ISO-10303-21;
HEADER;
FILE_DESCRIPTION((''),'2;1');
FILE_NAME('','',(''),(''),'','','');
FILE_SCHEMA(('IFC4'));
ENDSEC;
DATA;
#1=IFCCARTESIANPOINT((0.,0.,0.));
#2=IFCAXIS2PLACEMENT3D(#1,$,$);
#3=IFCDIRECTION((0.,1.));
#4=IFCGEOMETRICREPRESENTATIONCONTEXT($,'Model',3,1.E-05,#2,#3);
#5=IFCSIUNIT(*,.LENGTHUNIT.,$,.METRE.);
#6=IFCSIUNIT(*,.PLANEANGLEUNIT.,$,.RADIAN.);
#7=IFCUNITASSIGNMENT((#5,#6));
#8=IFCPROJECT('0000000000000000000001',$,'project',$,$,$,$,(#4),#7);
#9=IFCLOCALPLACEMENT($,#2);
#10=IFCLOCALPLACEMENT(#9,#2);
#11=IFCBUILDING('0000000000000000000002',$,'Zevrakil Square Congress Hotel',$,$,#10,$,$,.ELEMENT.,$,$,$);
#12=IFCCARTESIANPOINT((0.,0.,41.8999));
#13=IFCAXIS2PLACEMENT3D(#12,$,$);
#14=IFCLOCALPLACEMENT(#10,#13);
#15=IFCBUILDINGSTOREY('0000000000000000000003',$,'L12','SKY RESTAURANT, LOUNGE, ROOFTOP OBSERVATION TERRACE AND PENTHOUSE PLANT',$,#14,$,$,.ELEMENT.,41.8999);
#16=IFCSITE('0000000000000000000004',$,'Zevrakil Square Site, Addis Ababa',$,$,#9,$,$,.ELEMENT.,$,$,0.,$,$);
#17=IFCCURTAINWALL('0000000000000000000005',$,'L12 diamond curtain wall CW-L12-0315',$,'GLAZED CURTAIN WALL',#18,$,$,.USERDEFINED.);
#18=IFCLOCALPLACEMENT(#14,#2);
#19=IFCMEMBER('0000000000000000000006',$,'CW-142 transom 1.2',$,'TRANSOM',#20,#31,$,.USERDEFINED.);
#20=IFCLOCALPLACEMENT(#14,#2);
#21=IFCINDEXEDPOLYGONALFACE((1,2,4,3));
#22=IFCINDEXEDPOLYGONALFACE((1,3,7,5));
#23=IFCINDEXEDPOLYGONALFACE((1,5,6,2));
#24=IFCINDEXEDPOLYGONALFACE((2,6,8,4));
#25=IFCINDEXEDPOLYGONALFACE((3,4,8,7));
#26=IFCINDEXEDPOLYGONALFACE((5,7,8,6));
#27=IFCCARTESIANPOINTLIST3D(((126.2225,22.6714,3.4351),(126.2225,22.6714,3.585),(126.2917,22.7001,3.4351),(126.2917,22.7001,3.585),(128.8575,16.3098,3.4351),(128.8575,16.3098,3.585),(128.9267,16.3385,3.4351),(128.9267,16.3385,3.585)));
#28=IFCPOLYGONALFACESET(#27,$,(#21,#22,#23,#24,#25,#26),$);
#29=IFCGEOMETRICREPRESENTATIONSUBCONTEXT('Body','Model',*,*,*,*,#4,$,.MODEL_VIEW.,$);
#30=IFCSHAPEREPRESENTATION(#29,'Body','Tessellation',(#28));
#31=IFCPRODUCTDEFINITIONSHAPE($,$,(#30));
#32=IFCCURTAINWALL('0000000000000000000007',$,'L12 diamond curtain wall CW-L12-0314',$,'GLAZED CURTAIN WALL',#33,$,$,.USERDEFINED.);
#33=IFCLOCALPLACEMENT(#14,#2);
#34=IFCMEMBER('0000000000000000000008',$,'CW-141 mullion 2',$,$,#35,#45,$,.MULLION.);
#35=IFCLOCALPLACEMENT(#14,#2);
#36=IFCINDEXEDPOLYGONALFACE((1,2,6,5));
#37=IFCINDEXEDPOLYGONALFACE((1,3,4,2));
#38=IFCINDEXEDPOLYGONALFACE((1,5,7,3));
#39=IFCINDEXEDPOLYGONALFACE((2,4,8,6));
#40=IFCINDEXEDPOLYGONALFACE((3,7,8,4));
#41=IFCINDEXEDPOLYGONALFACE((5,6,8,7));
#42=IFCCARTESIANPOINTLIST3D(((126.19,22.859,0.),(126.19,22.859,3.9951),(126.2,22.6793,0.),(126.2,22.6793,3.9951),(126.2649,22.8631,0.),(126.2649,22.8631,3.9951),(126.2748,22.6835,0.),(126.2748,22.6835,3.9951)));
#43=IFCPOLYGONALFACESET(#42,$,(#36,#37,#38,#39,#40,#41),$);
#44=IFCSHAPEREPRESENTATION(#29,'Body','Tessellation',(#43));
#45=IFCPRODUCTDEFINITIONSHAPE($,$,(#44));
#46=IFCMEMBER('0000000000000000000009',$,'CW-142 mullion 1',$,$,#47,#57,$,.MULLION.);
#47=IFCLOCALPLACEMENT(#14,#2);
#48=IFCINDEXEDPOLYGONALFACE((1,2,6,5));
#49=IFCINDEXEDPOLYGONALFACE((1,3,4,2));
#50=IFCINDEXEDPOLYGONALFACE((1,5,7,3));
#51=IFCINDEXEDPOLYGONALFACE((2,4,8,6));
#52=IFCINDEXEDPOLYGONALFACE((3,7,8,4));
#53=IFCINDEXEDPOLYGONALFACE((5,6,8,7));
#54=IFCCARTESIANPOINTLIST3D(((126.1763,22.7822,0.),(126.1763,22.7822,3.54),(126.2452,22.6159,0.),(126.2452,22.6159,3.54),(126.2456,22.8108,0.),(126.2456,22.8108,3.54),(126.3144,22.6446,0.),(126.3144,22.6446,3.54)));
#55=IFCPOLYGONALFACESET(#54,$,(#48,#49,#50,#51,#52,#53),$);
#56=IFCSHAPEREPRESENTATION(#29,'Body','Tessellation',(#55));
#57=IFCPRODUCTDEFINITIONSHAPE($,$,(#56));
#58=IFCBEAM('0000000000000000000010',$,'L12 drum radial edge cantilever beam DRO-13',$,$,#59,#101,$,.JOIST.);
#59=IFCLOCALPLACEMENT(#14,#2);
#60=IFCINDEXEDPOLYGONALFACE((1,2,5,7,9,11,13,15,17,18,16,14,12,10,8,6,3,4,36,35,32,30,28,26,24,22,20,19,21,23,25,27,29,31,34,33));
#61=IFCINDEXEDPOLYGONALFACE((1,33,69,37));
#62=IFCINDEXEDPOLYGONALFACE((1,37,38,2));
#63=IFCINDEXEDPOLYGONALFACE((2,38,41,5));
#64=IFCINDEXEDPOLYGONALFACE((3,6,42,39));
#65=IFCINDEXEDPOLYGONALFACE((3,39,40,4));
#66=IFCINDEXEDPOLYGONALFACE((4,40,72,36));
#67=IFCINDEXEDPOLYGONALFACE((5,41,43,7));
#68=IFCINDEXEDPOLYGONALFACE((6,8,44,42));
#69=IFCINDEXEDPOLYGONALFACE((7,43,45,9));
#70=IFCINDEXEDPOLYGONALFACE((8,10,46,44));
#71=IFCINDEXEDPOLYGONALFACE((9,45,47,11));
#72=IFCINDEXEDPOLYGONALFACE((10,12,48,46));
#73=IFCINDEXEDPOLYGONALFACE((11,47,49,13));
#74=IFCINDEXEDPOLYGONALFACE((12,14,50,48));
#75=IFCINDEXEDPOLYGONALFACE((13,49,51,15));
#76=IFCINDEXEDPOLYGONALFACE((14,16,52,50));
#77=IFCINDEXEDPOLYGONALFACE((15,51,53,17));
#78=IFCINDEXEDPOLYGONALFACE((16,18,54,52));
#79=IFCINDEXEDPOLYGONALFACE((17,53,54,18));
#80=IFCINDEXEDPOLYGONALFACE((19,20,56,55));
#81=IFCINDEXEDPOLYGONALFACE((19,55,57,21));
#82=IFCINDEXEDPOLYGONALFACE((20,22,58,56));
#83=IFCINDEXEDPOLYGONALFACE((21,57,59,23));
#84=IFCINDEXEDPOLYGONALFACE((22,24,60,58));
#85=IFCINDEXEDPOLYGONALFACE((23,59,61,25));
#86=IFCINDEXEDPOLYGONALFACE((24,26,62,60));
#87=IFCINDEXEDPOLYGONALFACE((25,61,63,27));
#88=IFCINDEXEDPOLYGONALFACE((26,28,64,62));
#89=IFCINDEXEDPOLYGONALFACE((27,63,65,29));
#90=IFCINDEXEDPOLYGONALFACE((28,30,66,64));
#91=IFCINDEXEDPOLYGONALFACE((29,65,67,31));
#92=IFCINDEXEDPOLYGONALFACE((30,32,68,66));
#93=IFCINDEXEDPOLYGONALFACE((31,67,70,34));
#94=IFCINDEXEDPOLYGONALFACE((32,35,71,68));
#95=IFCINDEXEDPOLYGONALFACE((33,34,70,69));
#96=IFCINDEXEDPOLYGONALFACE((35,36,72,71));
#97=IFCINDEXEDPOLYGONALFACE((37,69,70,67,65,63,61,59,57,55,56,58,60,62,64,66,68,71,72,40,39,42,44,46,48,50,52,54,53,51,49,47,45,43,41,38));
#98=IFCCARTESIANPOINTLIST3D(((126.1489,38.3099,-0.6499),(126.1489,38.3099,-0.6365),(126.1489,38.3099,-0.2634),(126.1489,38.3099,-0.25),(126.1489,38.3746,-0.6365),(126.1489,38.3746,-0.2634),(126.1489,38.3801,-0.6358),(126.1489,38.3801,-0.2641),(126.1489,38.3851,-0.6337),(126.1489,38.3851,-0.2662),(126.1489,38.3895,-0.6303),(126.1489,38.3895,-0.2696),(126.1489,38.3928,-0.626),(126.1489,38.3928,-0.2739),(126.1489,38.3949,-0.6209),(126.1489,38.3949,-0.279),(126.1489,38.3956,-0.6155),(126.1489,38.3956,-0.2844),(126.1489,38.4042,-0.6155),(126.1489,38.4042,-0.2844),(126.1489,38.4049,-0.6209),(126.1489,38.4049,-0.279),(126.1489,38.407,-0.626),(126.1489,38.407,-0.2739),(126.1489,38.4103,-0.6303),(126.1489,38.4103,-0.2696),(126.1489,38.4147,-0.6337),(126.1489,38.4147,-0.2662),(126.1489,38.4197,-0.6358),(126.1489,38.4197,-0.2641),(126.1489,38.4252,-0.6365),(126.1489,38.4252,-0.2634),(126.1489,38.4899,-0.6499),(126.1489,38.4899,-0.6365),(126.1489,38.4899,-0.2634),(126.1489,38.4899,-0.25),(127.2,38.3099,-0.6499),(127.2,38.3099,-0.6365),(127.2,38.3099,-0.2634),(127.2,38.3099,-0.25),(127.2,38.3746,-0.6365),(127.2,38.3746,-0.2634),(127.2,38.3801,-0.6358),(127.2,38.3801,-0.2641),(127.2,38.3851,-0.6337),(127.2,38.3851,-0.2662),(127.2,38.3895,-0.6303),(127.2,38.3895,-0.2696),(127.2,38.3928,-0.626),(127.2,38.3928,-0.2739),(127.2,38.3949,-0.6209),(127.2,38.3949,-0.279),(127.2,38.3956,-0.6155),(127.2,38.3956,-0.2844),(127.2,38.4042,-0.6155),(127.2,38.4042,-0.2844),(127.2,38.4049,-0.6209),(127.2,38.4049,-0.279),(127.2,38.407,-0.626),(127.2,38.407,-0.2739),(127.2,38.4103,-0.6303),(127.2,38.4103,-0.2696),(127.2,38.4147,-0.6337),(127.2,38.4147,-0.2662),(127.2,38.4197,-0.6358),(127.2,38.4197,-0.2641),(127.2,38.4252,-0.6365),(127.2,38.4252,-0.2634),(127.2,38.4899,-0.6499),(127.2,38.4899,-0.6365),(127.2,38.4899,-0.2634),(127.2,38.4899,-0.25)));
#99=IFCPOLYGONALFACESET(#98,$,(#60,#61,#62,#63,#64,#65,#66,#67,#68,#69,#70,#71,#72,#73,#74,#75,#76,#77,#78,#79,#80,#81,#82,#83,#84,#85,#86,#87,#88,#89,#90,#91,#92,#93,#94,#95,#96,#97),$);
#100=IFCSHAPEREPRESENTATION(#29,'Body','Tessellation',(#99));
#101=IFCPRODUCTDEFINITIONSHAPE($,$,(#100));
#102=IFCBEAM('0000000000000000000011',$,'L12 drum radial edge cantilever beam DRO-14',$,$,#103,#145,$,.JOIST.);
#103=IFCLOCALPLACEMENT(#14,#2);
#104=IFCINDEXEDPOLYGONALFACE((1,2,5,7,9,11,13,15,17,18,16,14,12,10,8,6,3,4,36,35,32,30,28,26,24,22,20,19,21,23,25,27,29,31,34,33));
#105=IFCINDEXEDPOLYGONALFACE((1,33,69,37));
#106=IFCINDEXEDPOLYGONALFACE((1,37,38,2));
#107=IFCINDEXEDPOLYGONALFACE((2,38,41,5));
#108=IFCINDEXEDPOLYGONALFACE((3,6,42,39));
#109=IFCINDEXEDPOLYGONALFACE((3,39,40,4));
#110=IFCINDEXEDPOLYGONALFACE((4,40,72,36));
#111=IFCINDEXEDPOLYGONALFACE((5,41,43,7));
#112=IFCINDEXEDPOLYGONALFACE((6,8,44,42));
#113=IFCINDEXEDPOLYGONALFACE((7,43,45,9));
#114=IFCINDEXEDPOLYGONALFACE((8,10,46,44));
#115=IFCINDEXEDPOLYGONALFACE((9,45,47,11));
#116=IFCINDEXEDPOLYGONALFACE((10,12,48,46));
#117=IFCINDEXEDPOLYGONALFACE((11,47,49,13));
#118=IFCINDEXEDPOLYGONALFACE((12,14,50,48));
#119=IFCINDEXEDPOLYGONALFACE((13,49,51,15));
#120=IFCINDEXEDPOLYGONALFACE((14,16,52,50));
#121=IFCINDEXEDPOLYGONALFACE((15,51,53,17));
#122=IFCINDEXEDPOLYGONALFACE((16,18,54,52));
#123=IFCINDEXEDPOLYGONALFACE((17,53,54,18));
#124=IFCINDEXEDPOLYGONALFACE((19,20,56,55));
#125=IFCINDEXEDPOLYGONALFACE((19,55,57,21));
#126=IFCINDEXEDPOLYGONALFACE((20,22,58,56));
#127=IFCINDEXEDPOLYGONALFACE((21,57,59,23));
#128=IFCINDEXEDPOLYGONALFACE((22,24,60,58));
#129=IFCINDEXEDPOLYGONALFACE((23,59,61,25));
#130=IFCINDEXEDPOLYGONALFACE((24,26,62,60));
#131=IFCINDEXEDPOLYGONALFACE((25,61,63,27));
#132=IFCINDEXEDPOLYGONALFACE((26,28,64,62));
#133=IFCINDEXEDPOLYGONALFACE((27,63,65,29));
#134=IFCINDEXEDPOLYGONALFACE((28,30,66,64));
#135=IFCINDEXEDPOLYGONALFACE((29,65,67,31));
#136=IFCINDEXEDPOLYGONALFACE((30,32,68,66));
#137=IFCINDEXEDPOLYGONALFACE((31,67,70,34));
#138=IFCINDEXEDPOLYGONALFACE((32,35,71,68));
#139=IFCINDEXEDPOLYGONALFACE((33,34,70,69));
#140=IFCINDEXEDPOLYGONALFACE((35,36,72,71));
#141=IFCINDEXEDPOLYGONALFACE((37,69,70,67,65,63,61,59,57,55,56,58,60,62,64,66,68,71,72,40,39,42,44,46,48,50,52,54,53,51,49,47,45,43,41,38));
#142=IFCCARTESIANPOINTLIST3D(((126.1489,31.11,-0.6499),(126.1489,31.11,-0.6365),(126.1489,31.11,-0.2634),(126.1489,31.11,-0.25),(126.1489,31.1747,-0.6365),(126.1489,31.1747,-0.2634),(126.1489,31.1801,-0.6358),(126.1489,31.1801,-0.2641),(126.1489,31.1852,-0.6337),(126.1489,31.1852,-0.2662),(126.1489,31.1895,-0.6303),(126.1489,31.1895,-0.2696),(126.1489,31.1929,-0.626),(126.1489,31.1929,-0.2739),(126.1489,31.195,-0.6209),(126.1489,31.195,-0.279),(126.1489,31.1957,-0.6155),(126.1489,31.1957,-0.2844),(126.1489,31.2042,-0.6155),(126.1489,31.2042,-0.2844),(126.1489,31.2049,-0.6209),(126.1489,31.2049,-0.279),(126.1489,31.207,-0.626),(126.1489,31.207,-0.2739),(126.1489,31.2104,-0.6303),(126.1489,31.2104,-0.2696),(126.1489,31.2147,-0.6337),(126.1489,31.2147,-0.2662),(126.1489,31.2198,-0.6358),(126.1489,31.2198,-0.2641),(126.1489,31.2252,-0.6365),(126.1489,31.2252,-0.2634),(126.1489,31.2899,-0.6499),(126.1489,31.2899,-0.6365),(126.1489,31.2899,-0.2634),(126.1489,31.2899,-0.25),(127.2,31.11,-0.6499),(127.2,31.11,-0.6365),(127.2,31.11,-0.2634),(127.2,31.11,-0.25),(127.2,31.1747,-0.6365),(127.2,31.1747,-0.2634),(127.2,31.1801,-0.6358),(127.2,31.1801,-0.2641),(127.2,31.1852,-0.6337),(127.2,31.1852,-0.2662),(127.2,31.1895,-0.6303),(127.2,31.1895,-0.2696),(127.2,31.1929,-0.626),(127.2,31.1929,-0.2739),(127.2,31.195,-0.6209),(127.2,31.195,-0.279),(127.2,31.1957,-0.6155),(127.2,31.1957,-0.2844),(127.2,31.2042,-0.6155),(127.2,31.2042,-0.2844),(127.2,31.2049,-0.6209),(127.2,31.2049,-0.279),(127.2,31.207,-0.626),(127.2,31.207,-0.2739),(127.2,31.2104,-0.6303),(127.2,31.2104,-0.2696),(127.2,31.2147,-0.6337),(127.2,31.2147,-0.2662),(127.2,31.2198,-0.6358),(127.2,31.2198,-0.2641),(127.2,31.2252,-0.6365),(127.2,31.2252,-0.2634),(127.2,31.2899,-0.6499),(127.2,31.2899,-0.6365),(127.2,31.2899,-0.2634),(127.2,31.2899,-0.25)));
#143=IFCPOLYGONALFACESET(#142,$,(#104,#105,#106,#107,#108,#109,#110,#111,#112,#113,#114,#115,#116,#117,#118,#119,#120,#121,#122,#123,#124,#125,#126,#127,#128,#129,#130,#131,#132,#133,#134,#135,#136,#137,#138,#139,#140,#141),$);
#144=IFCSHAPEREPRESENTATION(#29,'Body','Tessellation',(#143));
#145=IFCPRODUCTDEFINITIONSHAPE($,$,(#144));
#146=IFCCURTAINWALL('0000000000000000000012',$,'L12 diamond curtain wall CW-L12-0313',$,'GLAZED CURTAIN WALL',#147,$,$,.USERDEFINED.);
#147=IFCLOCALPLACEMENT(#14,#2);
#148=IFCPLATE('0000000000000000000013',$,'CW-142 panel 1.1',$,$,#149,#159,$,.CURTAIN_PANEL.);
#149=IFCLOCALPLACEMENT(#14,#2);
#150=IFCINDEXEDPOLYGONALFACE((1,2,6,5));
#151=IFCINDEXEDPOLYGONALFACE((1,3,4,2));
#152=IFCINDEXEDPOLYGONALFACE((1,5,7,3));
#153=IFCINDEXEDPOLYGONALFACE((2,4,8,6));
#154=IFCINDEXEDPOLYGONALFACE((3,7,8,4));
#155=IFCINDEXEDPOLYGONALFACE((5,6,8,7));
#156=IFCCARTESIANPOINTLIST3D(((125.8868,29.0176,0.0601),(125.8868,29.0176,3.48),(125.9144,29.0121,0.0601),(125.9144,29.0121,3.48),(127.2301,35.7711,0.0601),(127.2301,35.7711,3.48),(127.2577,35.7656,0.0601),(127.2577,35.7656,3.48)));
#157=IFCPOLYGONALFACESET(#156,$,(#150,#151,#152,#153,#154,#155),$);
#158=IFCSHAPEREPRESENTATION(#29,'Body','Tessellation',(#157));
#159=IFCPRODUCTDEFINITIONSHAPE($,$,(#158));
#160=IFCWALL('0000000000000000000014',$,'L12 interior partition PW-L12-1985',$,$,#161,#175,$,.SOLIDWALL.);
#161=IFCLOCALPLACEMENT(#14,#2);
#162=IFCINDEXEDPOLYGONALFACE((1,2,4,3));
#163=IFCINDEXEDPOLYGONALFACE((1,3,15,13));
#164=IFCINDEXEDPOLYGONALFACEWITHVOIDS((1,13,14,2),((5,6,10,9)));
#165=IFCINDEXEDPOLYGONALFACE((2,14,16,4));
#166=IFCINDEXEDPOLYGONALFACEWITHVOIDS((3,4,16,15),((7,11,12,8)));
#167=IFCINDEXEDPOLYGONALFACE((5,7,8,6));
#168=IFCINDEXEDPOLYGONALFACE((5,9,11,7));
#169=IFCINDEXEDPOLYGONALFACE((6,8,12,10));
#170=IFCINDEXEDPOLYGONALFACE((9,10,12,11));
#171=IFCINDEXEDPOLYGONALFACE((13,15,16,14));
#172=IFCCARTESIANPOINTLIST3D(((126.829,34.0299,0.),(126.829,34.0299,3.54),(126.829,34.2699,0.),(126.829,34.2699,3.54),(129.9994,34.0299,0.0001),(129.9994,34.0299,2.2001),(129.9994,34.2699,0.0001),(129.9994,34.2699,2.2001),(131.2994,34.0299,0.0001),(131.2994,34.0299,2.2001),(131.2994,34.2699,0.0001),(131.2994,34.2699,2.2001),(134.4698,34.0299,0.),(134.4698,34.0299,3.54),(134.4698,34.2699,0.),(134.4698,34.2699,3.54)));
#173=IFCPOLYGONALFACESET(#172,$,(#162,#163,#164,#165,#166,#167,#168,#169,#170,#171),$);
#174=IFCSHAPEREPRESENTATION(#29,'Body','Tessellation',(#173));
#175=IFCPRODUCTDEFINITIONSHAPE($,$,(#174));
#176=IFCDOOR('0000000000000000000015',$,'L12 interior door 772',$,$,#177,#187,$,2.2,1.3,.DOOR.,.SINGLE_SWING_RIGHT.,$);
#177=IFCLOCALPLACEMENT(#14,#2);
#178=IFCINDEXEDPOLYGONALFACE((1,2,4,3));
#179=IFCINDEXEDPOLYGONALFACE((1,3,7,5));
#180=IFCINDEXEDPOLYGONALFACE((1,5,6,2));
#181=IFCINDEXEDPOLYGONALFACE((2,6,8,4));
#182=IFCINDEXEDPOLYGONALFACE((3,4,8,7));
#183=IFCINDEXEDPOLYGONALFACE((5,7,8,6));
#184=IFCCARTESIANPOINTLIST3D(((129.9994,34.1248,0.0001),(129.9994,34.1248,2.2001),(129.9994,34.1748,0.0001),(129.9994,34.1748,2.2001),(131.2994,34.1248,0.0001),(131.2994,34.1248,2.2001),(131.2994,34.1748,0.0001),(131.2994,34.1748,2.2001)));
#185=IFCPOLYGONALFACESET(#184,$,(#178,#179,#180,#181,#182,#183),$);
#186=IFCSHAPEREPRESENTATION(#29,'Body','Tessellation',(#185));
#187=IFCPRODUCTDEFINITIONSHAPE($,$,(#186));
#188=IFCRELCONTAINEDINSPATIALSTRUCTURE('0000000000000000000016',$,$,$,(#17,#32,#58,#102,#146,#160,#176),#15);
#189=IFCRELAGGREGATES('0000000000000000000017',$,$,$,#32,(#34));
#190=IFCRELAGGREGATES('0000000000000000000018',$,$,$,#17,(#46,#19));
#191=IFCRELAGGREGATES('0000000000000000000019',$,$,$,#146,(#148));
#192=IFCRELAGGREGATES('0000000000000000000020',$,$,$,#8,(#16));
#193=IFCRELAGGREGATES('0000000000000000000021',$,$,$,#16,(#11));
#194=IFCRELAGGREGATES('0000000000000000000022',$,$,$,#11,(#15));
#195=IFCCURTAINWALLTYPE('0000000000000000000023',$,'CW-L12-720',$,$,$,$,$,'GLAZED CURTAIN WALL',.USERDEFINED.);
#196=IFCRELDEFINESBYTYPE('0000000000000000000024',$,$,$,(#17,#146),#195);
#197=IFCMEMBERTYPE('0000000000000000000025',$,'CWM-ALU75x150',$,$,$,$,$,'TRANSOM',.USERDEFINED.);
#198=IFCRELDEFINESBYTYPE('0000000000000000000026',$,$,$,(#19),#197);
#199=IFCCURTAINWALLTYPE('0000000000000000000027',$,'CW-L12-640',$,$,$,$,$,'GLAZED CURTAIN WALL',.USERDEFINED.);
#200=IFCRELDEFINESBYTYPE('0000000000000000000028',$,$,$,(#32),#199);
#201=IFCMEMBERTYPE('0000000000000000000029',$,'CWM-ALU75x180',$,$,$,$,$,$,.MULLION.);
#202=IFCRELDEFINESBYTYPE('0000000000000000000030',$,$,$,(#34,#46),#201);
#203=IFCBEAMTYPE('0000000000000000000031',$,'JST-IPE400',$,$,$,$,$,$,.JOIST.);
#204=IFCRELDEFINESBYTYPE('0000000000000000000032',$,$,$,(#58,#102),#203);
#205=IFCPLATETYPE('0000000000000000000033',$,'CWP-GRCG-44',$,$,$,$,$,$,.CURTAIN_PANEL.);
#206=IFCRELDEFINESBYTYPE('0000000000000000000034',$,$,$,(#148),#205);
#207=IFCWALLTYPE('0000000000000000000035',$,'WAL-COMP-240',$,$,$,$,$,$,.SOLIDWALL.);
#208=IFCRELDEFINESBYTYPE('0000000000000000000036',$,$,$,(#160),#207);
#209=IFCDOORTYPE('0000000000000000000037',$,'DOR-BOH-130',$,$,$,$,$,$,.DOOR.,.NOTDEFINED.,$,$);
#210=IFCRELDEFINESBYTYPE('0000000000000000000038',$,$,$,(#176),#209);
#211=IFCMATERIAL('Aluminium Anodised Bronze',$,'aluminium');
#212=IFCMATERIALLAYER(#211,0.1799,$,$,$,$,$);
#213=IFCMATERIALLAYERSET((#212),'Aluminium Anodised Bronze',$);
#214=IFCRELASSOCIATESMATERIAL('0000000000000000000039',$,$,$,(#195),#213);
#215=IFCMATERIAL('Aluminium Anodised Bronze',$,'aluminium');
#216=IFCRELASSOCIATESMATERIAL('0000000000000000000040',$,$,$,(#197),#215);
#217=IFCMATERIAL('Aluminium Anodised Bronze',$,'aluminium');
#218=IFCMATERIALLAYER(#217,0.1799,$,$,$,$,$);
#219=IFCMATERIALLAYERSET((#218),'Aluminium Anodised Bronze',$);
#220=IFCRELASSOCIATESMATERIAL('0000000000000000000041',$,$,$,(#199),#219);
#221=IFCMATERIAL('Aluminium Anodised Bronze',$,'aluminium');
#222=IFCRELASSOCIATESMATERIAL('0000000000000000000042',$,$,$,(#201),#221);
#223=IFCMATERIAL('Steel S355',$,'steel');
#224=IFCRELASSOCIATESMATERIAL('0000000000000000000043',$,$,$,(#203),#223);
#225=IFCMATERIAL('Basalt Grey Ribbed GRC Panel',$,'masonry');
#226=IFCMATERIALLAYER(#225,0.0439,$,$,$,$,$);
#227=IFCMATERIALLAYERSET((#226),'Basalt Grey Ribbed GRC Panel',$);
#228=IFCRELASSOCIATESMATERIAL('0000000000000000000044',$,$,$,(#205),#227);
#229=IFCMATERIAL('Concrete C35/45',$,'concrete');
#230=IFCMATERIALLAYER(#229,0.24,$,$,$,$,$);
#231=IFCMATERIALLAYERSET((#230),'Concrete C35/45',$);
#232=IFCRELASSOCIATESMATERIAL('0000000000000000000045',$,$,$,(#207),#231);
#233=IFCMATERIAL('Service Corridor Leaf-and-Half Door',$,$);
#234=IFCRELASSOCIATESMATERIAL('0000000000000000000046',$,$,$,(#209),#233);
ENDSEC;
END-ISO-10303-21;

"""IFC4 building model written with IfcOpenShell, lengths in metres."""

from ifc_helpers import new_model, si_unit, direction, frame, frame_2d, origin, origin_2d, place, context, subcontext, project, spatial, rectangle, i_section, extrude, material, layer, layer_set, material_profile, profile_set, type_object, element, fill, aggregate, save


model = new_model("IFC4")

# Units and contexts
model_context = context("Model", 3, precision=1e-05, world=origin(), true_north=direction((0.0, 1.0)))
body_context = subcontext(model_context, "Body", "Model", "MODEL_VIEW")
ifc_project = project(units=[si_unit("LENGTHUNIT", "METRE"), si_unit("PLANEANGLEUNIT", "RADIAN")], contexts=[model_context])

# Site, building, storey
site_placement = place(None, origin())
site = spatial("IfcSite", under=ifc_project, at=site_placement, Name="Zevrakil Square Site, Addis Ababa", CompositionType="ELEMENT", RefElevation=0.0)
building_placement = place(site_placement, origin())
building = spatial("IfcBuilding", under=site, at=building_placement, Name="Zevrakil Square Congress Hotel", CompositionType="ELEMENT")
storey_placement = place(building_placement, frame((0.0, 0.0, 41.8999)))
storey = spatial("IfcBuildingStorey", under=building, at=storey_placement, Name="L12", Description="SKY RESTAURANT, LOUNGE, ROOFTOP OBSERVATION TERRACE AND PENTHOUSE PLANT", CompositionType="ELEMENT", Elevation=41.8999)

# Curtain wall, member
ifc_material_1 = material(Name="Aluminium Anodised Bronze", Category="aluminium")
ifc_layer_1 = layer(ifc_material_1, 0.1799)
ifc_layer_set_1 = layer_set([ifc_layer_1], Name="Aluminium Anodised Bronze")
curtain_wall_type_1 = type_object("IfcCurtainWallType", Name="CW-L12-720", ElementType="GLAZED CURTAIN WALL", PredefinedType="USERDEFINED", material=ifc_layer_set_1)
curtain_wall_1_placement = place(storey_placement, origin())
curtain_wall_1 = element("IfcCurtainWall", 1, at=curtain_wall_1_placement, inside=storey, type_object=curtain_wall_type_1, Name="L12 diamond curtain wall CW-L12-0315", ObjectType="GLAZED CURTAIN WALL", PredefinedType="USERDEFINED")
ifc_material_2 = material(Name="Aluminium Anodised Bronze", Category="aluminium")
ifc_material_profile_1 = material_profile(ifc_material_2, rectangle(XDim=0.075, YDim=0.1499, at=origin_2d()), Name="ALU 75x150")
ifc_profile_set_1 = profile_set([ifc_material_profile_1], Name="Aluminium Anodised Bronze")
member_type_1 = type_object("IfcMemberType", Name="CWM-ALU75x150", ElementType="TRANSOM", PredefinedType="USERDEFINED", material=ifc_profile_set_1)
member_1_placement = place(storey_placement, frame((126.2571, 22.6858, 3.51), z_axis=(0.382679, -0.923882, 0.0), x_axis=(0.923882, 0.382679, 0.0)))
member_1 = element("IfcMember", 2, at=member_1_placement, type_object=member_type_1, Name="CW-142 transom 1.2", ObjectType="TRANSOM", PredefinedType="USERDEFINED", context=body_context, shape_type="SweptSolid", body=[
    extrude(rectangle(XDim=0.075, YDim=0.1499, at=origin_2d()), origin(), (0.0, 0.0, 1.0), 6.8857),
])

# Curtain wall, member
ifc_material_3 = material(Name="Aluminium Anodised Bronze", Category="aluminium")
ifc_layer_2 = layer(ifc_material_3, 0.1799)
ifc_layer_set_2 = layer_set([ifc_layer_2], Name="Aluminium Anodised Bronze")
curtain_wall_type_2 = type_object("IfcCurtainWallType", Name="CW-L12-640", ElementType="GLAZED CURTAIN WALL", PredefinedType="USERDEFINED", material=ifc_layer_set_2)
curtain_wall_2_placement = place(storey_placement, origin())
curtain_wall_2 = element("IfcCurtainWall", 3, at=curtain_wall_2_placement, inside=storey, type_object=curtain_wall_type_2, Name="L12 diamond curtain wall CW-L12-0314", ObjectType="GLAZED CURTAIN WALL", PredefinedType="USERDEFINED")
ifc_material_4 = material(Name="Aluminium Anodised Bronze", Category="aluminium")
ifc_material_profile_2 = material_profile(ifc_material_4, rectangle(XDim=0.075, YDim=0.1799, at=origin_2d()), Name="ALU 75x180")
ifc_profile_set_2 = profile_set([ifc_material_profile_2], Name="Aluminium Anodised Bronze")
member_type_2 = type_object("IfcMemberType", Name="CWM-ALU75x180", PredefinedType="MULLION", material=ifc_profile_set_2)
member_2_placement = place(storey_placement, frame((126.2324, 22.7712, 0.0), z_axis=(0.0, 0.0, 1.0), x_axis=(0.998463, 0.055427, 0.0)))
member_2 = element("IfcMember", 4, at=member_2_placement, type_object=member_type_2, Name="CW-141 mullion 2", PredefinedType="MULLION", context=body_context, shape_type="SweptSolid", body=[
    extrude(rectangle(XDim=0.075, YDim=0.1799, at=origin_2d()), origin(), (0.0, 0.0, 1.0), 3.9951),
])
aggregate(curtain_wall_2, [member_2])

# Member
member_3_placement = place(storey_placement, frame((126.2454, 22.7134, 0.0), z_axis=(0.0, 0.0, 1.0), x_axis=(0.923879, 0.382684, 0.0)))
member_3 = element("IfcMember", 5, at=member_3_placement, type_object=member_type_2, Name="CW-142 mullion 1", PredefinedType="MULLION", context=body_context, shape_type="SweptSolid", body=[
    extrude(rectangle(XDim=0.075, YDim=0.1799, at=origin_2d()), origin(), (0.0, 0.0, 1.0), 3.54),
])
aggregate(curtain_wall_1, [member_3, member_1])

# Beams
ifc_material_5 = material(Name="Steel S355", Category="steel")
ifc_material_profile_3 = material_profile(ifc_material_5, i_section(OverallWidth=0.1799, OverallDepth=0.3999, WebThickness=0.0085, FlangeThickness=0.0134, FilletRadius=0.021, at=origin_2d()), Name="IPE 400")
ifc_profile_set_3 = profile_set([ifc_material_profile_3], Name="Steel S355")
beam_type_1 = type_object("IfcBeamType", Name="JST-IPE400", PredefinedType="JOIST", material=ifc_profile_set_3)
for number, where, z_axis, x_axis, name in (
    (6, (127.2, 38.3999, -0.45), (-1.0, 0.0, 0.0), (0.0, -1.0, 0.0), "L12 drum radial edge cantilever beam DRO-13"),
    (7, (127.2, 31.2, -0.45), (-1.0, 0.0, 0.0), (0.0, -1.0, 0.0), "L12 drum radial edge cantilever beam DRO-14"),
):
    element("IfcBeam", number, at=place(storey_placement, frame(where, z_axis=z_axis, x_axis=x_axis)), inside=storey, type_object=beam_type_1, Name=name, PredefinedType="JOIST", context=body_context, shape_type="SweptSolid", body=[
        extrude(i_section(OverallWidth=0.1799, OverallDepth=0.3999, WebThickness=0.0085, FlangeThickness=0.0134, FilletRadius=0.021, at=origin_2d()), origin(), (0.0, 0.0, 1.0), 1.051),
    ])

# Curtain wall, plate
curtain_wall_3_placement = place(storey_placement, origin())
curtain_wall_3 = element("IfcCurtainWall", 8, at=curtain_wall_3_placement, inside=storey, type_object=curtain_wall_type_1, Name="L12 diamond curtain wall CW-L12-0313", ObjectType="GLAZED CURTAIN WALL", PredefinedType="USERDEFINED")
ifc_material_6 = material(Name="Basalt Grey Ribbed GRC Panel", Category="masonry")
ifc_layer_3 = layer(ifc_material_6, 0.0439)
ifc_layer_set_3 = layer_set([ifc_layer_3], Name="Basalt Grey Ribbed GRC Panel")
plate_type = type_object("IfcPlateType", Name="CWP-GRCG-44", PredefinedType="CURTAIN_PANEL", material=ifc_layer_set_3)
plate_placement = place(storey_placement, frame((126.5723, 32.3916, 0.0601), z_axis=(0.0, 0.0, 1.0), x_axis=(-0.195084, -0.980787, 0.0)))
plate = element("IfcPlate", 9, at=plate_placement, type_object=plate_type, Name="CW-142 panel 1.1", PredefinedType="CURTAIN_PANEL", context=body_context, shape_type="SweptSolid", body=[
    extrude(rectangle(XDim=6.8857, YDim=0.0281, at=origin_2d()), origin(), (0.0, 0.0, 1.0), 3.4199),
])
aggregate(curtain_wall_3, [plate])

# Wall, opening, door
ifc_material_7 = material(Name="Concrete C35/45", Category="concrete")
ifc_layer_4 = layer(ifc_material_7, 0.24)
ifc_layer_set_4 = layer_set([ifc_layer_4], Name="Concrete C35/45")
wall_type = type_object("IfcWallType", Name="WAL-COMP-240", PredefinedType="SOLIDWALL", material=ifc_layer_set_4)
wall_placement = place(storey_placement, frame((126.8291, 34.1499, 0.0), z_axis=(0.0, 0.0, 1.0), x_axis=(1.0, 0.0, 0.0)))
wall = element("IfcWall", 10, at=wall_placement, inside=storey, type_object=wall_type, Name="L12 interior partition PW-L12-1985", PredefinedType="SOLIDWALL", context=body_context, shape_type="SweptSolid", body=[
    extrude(rectangle(XDim=7.6409, YDim=0.24, at=frame_2d((3.8203, 0.0))), origin(), (0.0, 0.0, 1.0), 3.54),
])
opening_placement = place(wall_placement, frame((3.1704, 0.0, 0.0)))
opening = element("IfcOpeningElement", 11, at=opening_placement, cuts=wall, PredefinedType="OPENING", context=body_context, shape_type="SweptSolid", body=[
    extrude(rectangle(XDim=1.3, YDim=2.2, at=frame_2d((0.6499, 1.1001))), frame((0.0, 0.1299, 0.0), z_axis=(0.0, -1.0, 0.0), x_axis=(1.0, 0.0, 0.0)), (0.0, 0.0, 1.0), 0.26),
])
ifc_material_8 = material(Name="Service Corridor Leaf-and-Half Door")
door_type = type_object("IfcDoorType", Name="DOR-BOH-130", OperationType="NOTDEFINED", PredefinedType="DOOR", material=ifc_material_8)
door_placement = place(opening_placement, origin())
door = element("IfcDoor", 12, at=door_placement, inside=storey, type_object=door_type, Name="L12 interior door 772", OperationType="SINGLE_SWING_RIGHT", OverallHeight=2.2, OverallWidth=1.3, PredefinedType="DOOR", context=body_context, shape_type="SweptSolid", body=[
    extrude(rectangle(XDim=1.3, YDim=2.2, at=frame_2d((0.6499, 1.1001))), frame((0.0, 0.0249, 0.0), z_axis=(0.0, -1.0, 0.0), x_axis=(1.0, 0.0, 0.0)), (0.0, 0.0, 1.0), 0.05),
])
fill(opening, door)

save(model, "model.ifc")
